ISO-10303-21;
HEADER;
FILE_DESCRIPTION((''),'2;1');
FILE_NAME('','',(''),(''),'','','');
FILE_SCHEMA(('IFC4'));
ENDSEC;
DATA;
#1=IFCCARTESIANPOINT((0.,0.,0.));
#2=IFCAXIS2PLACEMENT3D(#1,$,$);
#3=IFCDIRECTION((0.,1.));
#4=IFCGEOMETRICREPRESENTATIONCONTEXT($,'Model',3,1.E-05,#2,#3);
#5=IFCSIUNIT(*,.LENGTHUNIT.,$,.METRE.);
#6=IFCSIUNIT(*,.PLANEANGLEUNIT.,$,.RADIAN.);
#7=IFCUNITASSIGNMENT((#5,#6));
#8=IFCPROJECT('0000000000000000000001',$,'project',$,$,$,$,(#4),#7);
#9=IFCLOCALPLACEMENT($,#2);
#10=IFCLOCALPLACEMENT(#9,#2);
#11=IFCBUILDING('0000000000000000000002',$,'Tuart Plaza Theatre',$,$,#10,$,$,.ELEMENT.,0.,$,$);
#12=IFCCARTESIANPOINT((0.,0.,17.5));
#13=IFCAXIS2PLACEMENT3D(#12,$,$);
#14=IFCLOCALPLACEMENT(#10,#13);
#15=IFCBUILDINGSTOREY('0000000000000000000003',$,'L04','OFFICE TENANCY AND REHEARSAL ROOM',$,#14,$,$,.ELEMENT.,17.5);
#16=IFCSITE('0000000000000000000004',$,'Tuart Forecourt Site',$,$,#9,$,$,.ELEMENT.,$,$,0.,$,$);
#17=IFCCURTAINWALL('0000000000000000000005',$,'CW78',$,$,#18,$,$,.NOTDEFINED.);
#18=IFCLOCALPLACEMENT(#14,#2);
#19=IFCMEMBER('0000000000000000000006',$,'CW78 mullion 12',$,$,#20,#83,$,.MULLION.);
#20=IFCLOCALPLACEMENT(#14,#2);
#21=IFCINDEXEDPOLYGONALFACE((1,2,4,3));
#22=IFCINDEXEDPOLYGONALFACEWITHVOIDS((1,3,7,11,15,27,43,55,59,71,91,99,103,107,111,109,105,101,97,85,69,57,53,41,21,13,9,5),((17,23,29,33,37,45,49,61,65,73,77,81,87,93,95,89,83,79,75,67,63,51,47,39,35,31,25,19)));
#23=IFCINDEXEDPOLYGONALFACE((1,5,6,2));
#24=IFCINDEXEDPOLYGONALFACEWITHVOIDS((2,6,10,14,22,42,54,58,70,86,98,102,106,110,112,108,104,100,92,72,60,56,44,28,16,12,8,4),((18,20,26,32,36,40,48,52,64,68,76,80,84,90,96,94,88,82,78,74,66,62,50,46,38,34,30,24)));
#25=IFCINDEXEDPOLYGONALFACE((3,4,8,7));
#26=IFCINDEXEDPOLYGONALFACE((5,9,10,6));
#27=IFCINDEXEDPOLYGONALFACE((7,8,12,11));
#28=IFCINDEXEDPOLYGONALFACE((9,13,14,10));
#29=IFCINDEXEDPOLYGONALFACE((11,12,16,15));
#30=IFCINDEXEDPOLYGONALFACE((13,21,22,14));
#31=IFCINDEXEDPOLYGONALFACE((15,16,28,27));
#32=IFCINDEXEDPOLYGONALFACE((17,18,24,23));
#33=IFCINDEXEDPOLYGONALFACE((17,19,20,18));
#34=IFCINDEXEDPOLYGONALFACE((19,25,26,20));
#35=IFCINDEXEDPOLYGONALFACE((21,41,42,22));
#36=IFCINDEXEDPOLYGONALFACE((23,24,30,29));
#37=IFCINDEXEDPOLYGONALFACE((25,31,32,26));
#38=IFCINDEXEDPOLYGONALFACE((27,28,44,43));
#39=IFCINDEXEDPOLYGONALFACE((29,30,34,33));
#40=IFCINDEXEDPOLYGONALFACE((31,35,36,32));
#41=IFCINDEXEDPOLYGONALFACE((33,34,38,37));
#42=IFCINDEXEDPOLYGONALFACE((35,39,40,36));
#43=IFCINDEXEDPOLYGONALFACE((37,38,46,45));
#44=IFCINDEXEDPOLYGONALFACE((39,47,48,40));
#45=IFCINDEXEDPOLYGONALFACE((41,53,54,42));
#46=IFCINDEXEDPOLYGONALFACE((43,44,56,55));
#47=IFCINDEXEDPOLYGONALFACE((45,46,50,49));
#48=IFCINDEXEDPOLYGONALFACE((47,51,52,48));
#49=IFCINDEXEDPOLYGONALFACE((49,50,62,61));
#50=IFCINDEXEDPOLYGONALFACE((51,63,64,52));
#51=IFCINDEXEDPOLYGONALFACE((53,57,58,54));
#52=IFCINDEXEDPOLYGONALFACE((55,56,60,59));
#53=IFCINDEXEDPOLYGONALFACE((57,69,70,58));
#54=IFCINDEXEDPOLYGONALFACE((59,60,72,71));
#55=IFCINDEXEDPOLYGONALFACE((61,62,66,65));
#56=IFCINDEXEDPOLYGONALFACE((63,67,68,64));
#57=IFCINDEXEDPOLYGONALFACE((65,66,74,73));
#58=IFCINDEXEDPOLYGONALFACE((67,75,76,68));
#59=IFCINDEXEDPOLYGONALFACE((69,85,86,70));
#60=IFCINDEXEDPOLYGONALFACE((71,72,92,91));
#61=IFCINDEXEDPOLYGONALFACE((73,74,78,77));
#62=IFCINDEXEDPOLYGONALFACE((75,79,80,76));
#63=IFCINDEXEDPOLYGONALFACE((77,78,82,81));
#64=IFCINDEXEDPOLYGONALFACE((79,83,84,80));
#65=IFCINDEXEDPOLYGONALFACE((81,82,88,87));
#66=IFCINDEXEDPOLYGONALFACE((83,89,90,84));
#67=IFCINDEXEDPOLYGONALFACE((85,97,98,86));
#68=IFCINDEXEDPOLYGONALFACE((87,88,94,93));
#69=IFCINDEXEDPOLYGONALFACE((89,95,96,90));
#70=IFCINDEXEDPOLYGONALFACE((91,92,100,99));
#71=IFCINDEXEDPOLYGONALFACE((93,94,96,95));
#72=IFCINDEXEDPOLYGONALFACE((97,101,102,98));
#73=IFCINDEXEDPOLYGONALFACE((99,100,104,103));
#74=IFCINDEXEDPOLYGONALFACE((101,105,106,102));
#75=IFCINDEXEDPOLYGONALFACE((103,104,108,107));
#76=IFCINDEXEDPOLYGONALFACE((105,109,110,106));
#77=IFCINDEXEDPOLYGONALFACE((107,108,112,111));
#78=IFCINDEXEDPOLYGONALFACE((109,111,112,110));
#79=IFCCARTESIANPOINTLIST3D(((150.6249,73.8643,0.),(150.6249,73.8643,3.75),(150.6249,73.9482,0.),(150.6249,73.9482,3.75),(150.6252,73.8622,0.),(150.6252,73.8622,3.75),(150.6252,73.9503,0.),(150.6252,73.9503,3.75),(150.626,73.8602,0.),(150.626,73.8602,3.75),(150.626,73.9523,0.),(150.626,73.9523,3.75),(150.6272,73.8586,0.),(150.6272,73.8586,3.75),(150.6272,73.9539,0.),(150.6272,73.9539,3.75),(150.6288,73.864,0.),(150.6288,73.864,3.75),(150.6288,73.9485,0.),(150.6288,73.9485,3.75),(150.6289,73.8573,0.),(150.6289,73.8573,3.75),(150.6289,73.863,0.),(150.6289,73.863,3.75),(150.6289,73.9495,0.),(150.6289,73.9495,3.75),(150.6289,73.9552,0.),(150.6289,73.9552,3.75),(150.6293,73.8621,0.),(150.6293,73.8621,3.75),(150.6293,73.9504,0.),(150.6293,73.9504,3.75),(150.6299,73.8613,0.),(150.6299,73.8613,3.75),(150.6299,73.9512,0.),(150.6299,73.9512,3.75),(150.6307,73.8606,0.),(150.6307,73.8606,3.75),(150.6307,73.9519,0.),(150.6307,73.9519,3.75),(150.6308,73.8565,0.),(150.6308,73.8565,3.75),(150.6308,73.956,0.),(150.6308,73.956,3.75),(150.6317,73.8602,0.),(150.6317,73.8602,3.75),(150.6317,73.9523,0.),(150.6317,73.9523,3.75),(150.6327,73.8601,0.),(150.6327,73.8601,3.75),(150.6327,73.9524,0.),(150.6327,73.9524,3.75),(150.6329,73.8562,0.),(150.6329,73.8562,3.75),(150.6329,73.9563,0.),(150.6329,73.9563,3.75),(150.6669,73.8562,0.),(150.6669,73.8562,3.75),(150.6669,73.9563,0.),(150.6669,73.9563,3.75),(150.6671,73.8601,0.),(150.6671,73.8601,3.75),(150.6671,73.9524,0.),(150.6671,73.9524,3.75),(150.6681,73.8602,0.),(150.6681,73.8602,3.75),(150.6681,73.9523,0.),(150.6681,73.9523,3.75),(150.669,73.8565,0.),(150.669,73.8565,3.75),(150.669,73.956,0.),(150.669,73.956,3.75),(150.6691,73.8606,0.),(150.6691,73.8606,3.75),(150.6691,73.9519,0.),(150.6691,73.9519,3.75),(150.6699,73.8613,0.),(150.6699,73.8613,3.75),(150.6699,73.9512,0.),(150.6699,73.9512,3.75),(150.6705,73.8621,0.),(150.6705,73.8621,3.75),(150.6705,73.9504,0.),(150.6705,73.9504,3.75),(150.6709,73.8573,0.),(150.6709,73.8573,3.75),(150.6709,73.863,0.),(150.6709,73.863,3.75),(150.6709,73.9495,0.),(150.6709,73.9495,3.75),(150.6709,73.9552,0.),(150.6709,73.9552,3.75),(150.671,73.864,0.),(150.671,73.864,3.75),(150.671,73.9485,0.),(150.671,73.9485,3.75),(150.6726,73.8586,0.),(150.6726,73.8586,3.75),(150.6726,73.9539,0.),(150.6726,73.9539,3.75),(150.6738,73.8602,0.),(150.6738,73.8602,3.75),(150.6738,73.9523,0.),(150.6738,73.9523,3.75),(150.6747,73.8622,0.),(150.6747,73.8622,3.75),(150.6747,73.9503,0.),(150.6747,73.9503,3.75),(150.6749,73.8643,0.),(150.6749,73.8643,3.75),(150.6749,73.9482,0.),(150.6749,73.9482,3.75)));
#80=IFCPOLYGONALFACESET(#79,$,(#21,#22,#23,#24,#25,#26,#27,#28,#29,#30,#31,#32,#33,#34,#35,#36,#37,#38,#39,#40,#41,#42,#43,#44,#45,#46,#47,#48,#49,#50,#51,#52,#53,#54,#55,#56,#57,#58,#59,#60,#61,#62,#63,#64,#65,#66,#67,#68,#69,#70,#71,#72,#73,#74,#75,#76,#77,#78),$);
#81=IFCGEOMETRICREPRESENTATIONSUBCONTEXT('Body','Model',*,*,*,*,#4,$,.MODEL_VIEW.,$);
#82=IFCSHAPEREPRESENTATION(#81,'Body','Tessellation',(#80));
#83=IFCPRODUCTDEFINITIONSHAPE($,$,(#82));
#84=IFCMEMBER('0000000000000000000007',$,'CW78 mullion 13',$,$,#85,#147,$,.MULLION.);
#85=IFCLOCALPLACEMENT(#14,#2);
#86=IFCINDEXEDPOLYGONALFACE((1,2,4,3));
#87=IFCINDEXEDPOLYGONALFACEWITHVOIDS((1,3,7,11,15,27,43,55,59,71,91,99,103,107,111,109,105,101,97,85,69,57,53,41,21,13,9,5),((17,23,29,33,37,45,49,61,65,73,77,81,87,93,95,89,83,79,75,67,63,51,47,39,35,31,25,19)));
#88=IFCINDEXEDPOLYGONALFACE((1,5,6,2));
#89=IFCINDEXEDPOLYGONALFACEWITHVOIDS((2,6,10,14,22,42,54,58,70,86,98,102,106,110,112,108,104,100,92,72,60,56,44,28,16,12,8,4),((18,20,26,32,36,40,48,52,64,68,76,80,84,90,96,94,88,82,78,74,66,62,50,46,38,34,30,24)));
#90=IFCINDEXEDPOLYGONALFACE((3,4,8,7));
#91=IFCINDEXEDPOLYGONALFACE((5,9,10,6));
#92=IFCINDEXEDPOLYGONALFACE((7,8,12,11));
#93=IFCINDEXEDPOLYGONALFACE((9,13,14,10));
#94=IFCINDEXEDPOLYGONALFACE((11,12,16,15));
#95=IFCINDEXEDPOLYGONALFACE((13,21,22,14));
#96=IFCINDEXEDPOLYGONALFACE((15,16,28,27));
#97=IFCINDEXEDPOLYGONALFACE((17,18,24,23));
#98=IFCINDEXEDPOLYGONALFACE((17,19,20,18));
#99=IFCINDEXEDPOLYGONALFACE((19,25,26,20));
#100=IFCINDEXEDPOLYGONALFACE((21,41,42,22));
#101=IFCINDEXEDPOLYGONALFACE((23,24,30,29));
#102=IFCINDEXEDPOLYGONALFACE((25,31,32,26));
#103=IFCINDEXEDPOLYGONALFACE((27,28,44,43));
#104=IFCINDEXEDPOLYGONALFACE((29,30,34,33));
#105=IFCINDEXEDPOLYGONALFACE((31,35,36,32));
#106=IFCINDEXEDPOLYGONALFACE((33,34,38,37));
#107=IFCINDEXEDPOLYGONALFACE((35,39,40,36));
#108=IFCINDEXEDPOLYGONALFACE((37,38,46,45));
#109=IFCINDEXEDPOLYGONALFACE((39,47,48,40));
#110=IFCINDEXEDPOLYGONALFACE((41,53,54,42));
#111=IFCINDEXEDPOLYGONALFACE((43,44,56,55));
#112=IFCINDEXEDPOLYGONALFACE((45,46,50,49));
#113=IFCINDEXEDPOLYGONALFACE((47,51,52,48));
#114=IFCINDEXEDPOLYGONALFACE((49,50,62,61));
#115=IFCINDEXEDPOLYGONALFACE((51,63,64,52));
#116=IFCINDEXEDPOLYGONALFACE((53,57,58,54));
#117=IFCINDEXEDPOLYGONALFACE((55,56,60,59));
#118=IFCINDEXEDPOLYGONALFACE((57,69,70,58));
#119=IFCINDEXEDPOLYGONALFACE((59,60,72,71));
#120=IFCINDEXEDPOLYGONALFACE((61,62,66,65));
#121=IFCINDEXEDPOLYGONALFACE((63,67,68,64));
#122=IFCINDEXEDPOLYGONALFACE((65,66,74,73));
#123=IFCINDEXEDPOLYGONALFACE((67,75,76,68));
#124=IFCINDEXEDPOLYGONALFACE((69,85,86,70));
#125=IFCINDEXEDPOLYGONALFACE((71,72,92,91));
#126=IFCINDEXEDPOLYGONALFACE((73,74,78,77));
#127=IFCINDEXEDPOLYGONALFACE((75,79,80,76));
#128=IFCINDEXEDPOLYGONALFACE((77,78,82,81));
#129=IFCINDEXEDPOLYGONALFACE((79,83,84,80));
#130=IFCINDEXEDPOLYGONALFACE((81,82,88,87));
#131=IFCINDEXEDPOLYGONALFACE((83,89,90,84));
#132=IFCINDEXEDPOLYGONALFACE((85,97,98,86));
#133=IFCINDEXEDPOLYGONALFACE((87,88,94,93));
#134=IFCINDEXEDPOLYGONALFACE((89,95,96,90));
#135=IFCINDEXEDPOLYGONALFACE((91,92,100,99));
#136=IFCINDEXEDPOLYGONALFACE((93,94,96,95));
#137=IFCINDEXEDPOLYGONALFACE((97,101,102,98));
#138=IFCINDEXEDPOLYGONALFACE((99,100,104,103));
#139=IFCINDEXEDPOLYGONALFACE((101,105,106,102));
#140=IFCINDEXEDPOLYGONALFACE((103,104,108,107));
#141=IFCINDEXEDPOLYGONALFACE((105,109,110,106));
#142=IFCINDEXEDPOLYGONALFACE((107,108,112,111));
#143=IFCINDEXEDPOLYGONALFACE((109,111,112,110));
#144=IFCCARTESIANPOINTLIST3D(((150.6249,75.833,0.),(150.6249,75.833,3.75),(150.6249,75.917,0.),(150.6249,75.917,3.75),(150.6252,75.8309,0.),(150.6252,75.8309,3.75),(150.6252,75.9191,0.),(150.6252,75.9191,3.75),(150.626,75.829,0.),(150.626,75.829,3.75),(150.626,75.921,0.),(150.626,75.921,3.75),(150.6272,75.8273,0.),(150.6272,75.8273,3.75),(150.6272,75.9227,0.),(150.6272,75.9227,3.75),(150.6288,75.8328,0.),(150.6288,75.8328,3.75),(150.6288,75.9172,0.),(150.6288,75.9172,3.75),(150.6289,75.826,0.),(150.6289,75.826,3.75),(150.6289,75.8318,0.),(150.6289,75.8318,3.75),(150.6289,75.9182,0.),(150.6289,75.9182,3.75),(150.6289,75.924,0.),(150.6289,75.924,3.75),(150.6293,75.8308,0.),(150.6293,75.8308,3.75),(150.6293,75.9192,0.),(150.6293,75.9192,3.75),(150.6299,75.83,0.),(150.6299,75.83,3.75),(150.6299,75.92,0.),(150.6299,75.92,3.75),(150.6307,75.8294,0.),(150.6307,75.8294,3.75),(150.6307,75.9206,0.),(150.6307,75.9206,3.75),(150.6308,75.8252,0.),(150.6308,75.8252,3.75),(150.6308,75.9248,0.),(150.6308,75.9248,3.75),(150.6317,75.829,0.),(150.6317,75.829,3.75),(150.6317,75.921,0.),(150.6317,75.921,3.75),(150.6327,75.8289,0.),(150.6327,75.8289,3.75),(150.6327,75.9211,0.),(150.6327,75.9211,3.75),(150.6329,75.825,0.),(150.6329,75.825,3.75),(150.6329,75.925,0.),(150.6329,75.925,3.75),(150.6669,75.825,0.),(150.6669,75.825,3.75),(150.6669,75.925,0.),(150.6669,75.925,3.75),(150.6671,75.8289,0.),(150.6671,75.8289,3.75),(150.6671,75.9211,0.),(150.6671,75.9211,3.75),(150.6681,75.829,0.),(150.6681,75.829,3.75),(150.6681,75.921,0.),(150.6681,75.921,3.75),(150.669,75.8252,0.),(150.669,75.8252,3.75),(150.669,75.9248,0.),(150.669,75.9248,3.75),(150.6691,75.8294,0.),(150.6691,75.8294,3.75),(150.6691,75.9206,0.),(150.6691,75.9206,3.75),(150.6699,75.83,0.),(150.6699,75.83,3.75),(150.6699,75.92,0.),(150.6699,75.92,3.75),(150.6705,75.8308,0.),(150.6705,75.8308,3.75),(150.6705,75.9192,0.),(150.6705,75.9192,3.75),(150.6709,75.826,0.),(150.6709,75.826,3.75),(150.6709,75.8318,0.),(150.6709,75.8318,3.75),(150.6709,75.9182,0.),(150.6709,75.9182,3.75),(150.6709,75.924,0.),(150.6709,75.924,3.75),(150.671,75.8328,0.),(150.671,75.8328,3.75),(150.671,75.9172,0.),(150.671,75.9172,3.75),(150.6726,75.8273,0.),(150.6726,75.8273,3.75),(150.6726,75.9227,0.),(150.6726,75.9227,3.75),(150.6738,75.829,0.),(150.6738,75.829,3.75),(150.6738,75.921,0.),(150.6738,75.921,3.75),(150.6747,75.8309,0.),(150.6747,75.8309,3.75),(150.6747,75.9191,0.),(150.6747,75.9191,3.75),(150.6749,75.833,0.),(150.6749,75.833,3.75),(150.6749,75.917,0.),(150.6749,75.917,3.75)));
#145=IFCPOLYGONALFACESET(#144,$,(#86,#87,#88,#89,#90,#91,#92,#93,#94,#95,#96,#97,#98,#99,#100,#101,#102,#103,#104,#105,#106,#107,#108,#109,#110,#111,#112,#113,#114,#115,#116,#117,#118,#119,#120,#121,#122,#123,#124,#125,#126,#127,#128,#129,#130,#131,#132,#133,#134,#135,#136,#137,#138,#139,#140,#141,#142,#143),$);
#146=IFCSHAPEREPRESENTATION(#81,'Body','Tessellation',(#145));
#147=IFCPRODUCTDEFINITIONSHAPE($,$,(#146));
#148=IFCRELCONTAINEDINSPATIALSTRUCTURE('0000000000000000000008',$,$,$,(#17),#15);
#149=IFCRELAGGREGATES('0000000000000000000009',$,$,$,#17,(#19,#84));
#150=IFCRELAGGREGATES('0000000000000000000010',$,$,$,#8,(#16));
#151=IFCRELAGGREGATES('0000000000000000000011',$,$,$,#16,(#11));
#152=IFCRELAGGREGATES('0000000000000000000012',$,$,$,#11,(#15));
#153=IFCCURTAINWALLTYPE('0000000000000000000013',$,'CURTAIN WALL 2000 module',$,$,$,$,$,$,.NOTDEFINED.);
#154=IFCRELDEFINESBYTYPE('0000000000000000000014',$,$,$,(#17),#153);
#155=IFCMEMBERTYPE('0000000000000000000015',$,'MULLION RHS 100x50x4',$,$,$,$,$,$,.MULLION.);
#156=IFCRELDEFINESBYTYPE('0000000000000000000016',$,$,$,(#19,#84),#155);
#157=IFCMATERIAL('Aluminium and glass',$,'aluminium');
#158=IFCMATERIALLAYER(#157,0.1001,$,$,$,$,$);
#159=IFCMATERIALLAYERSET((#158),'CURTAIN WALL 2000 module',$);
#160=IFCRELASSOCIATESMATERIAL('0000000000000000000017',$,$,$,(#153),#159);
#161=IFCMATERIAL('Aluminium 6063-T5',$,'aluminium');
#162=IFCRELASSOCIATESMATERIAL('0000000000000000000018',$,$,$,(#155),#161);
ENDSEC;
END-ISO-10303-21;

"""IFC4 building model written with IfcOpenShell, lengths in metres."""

from ifc_helpers import new_model, si_unit, direction, frame, origin, origin_2d, place, context, subcontext, project, spatial, hollow_rectangle, extrude, material, layer, layer_set, material_profile, profile_set, type_object, element, aggregate, save


model = new_model("IFC4")

# Units and contexts
model_context = context("Model", 3, precision=1e-05, world=origin(), true_north=direction((0.0, 1.0)))
body_context = subcontext(model_context, "Body", "Model", "MODEL_VIEW")
ifc_project = project(units=[si_unit("LENGTHUNIT", "METRE"), si_unit("PLANEANGLEUNIT", "RADIAN")], contexts=[model_context])

# Site, building, storey
site_placement = place(None, origin())
site = spatial("IfcSite", under=ifc_project, at=site_placement, Name="Tuart Forecourt Site", CompositionType="ELEMENT", RefElevation=0.0)
building_placement = place(site_placement, origin())
building = spatial("IfcBuilding", under=site, at=building_placement, Name="Tuart Plaza Theatre", CompositionType="ELEMENT", ElevationOfRefHeight=0.0)
storey_placement = place(building_placement, frame((0.0, 0.0, 17.5)))
storey = spatial("IfcBuildingStorey", under=building, at=storey_placement, Name="L04", Description="OFFICE TENANCY AND REHEARSAL ROOM", CompositionType="ELEMENT", Elevation=17.5)

# Curtain wall, members
ifc_material_1 = material(Name="Aluminium and glass", Category="aluminium")
ifc_layer_1 = layer(ifc_material_1, 0.1001)
ifc_layer_set_1 = layer_set([ifc_layer_1], Name="CURTAIN WALL 2000 module")
curtain_wall_type = type_object("IfcCurtainWallType", Name="CURTAIN WALL 2000 module", PredefinedType="NOTDEFINED", material=ifc_layer_set_1)
curtain_wall_1_placement = place(storey_placement, origin())
curtain_wall_1 = element("IfcCurtainWall", 1, at=curtain_wall_1_placement, inside=storey, type_object=curtain_wall_type, Name="CW78", PredefinedType="NOTDEFINED")
ifc_material_2 = material(Name="Aluminium 6063-T5", Category="aluminium")
ifc_material_profile_1 = material_profile(ifc_material_2, hollow_rectangle(XDim=0.05, YDim=0.1001, WallThickness=0.0039, InnerFilletRadius=0.0039, OuterFilletRadius=0.0081, at=origin_2d()), Name="RHS 100x50x4")
ifc_profile_set_1 = profile_set([ifc_material_profile_1], Name="Aluminium 6063-T5")
member_type_1 = type_object("IfcMemberType", Name="MULLION RHS 100x50x4", PredefinedType="MULLION", material=ifc_profile_set_1)
member_1_placement = place(storey_placement, frame((150.6499, 73.9062, 0.0), z_axis=(0.0, 0.0, 1.0), x_axis=(-1.0, 0.0, 0.0)))
member_1 = element("IfcMember", 2, at=member_1_placement, type_object=member_type_1, Name="CW78 mullion 12", PredefinedType="MULLION", context=body_context, shape_type="SweptSolid", body=[
    extrude(hollow_rectangle(XDim=0.05, YDim=0.1001, WallThickness=0.0039, InnerFilletRadius=0.0039, OuterFilletRadius=0.0081, at=origin_2d()), origin(), (0.0, 0.0, 1.0), 3.75),
])
member_2_placement = place(storey_placement, frame((150.6499, 75.875, 0.0), z_axis=(0.0, 0.0, 1.0), x_axis=(-1.0, 0.0, 0.0)))
member_2 = element("IfcMember", 3, at=member_2_placement, type_object=member_type_1, Name="CW78 mullion 13", PredefinedType="MULLION", context=body_context, shape_type="SweptSolid", body=[
    extrude(hollow_rectangle(XDim=0.05, YDim=0.1001, WallThickness=0.0039, InnerFilletRadius=0.0039, OuterFilletRadius=0.0081, at=origin_2d()), origin(), (0.0, 0.0, 1.0), 3.75),
])

aggregate(curtain_wall_1, [member_1, member_2])

save(model, "model.ifc")
